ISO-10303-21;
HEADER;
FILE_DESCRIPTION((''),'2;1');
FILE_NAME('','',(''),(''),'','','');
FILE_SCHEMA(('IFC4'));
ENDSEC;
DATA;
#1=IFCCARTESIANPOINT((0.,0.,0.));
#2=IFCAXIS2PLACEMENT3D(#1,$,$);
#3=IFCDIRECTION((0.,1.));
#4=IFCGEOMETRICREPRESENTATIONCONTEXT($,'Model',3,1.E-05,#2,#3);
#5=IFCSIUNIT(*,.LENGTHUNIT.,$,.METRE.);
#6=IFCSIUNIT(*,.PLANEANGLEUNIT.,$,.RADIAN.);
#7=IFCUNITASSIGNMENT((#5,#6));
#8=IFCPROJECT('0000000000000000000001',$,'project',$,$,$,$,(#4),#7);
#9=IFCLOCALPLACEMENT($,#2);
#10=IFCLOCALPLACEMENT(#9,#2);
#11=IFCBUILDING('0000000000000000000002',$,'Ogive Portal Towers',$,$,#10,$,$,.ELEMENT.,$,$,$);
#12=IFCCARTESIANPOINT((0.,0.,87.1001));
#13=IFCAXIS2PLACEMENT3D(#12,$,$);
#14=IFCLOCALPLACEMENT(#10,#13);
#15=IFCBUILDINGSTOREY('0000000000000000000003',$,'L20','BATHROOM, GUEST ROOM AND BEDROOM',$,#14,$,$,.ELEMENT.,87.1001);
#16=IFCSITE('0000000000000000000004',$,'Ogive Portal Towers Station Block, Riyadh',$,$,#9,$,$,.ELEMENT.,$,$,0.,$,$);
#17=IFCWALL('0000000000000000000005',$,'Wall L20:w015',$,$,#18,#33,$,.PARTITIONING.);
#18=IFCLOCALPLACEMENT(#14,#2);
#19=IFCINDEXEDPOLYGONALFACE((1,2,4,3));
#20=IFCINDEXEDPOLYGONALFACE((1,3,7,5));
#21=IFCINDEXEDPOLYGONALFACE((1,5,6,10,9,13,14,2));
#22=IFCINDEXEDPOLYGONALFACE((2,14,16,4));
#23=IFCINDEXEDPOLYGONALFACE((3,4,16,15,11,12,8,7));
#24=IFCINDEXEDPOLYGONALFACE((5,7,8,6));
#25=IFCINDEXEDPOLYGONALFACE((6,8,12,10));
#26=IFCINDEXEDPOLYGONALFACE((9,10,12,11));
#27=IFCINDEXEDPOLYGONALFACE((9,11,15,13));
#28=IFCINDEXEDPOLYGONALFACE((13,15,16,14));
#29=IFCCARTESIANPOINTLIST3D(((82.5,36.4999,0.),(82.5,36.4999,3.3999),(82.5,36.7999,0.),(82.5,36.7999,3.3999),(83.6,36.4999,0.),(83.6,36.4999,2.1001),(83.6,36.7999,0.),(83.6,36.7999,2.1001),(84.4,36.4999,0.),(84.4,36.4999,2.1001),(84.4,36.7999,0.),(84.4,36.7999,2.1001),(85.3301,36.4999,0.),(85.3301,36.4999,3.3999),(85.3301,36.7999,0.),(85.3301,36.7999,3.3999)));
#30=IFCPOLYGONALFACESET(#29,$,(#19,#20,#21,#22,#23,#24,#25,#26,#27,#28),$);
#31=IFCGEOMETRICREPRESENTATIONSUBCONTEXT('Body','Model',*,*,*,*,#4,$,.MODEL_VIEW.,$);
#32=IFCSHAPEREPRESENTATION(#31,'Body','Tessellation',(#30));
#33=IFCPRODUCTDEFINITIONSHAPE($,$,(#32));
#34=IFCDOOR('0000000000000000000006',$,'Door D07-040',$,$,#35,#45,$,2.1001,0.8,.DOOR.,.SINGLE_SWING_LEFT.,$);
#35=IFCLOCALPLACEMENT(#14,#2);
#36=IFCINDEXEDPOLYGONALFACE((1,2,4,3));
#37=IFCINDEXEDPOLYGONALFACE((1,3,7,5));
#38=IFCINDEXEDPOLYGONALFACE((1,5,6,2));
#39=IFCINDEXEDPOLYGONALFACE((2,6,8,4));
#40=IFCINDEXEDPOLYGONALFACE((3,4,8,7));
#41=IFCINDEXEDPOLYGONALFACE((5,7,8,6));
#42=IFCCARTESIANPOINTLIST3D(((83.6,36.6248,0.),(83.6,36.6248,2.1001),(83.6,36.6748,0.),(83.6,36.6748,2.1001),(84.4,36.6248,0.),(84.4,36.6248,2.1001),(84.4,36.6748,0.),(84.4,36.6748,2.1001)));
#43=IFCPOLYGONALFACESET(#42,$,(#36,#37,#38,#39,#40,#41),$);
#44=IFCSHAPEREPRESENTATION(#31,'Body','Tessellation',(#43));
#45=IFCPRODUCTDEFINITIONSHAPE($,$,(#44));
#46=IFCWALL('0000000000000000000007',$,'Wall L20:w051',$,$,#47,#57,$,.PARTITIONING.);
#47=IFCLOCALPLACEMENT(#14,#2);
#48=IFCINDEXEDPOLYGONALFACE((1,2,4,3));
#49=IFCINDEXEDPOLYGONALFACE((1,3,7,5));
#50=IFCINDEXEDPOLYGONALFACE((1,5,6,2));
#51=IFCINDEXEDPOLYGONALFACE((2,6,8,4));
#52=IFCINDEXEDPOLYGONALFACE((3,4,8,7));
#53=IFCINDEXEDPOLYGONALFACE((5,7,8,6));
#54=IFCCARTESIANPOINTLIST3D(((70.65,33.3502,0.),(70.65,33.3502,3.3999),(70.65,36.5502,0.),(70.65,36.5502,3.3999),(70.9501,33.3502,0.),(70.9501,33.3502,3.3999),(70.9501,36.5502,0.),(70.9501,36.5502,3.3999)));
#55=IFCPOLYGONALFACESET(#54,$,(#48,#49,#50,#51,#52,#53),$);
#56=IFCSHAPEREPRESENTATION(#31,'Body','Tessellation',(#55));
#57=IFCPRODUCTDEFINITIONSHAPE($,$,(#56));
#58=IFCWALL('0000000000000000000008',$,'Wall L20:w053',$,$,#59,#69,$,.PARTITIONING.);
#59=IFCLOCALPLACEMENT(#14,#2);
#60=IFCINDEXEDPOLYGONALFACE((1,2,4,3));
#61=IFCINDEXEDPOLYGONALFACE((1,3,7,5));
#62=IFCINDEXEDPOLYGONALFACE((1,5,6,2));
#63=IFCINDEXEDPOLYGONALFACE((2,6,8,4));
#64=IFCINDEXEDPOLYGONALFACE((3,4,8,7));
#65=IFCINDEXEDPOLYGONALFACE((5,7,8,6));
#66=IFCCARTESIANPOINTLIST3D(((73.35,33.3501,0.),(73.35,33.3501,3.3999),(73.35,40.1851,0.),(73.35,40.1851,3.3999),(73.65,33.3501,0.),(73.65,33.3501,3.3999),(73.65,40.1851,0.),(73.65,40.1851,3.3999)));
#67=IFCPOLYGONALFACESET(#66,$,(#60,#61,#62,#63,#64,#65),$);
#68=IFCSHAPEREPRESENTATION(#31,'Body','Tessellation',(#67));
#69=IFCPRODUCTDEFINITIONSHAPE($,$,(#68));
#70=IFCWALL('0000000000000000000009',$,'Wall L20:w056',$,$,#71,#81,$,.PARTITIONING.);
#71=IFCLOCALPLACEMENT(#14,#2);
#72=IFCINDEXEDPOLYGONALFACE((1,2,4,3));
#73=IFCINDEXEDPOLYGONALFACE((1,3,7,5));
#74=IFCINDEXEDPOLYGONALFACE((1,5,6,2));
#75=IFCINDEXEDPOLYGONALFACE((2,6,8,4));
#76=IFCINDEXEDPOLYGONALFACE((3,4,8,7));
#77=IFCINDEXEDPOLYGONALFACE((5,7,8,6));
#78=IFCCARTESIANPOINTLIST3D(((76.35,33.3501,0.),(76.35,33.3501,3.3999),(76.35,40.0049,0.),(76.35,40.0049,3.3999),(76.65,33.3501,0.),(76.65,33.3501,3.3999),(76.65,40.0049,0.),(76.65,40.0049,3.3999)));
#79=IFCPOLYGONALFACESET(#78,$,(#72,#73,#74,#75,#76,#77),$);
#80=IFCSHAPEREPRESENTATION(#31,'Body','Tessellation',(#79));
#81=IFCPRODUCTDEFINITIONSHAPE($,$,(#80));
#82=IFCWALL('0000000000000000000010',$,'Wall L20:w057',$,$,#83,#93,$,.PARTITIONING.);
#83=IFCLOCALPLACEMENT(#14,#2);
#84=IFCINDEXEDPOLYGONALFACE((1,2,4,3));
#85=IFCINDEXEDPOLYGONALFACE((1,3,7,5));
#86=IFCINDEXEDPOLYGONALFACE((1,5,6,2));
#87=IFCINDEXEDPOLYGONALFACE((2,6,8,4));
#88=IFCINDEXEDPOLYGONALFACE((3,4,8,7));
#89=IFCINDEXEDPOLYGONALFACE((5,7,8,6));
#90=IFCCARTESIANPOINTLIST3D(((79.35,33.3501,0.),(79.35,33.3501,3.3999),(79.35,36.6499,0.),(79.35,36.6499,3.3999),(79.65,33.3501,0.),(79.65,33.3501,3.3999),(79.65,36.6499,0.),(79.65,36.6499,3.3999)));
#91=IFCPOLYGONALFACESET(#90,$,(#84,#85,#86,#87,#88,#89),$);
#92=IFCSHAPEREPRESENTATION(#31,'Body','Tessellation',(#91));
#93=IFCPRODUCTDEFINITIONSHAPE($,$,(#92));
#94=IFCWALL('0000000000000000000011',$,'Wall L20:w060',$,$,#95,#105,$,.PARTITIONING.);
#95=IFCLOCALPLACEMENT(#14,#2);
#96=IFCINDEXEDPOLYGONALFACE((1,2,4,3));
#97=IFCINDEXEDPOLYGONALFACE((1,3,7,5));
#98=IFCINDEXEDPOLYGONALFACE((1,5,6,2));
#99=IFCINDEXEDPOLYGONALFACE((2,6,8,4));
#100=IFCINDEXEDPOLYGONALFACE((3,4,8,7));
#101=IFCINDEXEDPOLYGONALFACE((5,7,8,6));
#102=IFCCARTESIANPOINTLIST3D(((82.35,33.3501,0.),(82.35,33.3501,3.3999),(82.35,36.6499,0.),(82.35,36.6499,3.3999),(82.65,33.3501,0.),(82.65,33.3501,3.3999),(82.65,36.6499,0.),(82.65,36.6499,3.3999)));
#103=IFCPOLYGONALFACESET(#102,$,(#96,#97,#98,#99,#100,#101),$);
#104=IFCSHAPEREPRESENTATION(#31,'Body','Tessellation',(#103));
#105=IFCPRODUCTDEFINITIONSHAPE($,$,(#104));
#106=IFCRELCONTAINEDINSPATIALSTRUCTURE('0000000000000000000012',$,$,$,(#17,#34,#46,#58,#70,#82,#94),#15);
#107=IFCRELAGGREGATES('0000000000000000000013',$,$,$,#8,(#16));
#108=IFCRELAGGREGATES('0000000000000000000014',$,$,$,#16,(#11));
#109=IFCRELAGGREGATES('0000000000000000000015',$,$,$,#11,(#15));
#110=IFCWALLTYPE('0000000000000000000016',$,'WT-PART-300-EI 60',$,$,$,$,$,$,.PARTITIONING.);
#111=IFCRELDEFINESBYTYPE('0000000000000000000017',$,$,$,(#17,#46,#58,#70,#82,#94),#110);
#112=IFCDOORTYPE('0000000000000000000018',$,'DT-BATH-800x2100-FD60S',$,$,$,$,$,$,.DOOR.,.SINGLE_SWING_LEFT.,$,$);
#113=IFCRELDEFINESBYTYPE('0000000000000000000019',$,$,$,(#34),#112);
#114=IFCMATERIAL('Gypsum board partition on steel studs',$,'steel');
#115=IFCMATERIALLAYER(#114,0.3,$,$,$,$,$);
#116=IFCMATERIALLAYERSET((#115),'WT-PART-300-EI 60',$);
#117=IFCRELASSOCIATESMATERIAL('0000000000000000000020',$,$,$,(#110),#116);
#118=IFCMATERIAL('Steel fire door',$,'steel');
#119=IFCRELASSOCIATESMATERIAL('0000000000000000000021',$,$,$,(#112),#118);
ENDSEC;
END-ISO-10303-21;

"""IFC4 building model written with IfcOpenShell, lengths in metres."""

from ifc_helpers import new_model, si_unit, direction, frame, frame_2d, origin, place, context, subcontext, project, spatial, rectangle, extrude, material, layer, layer_set, type_object, element, fill, save


model = new_model("IFC4")

# Units and contexts
model_context = context("Model", 3, precision=1e-05, world=origin(), true_north=direction((0.0, 1.0)))
body_context = subcontext(model_context, "Body", "Model", "MODEL_VIEW")
ifc_project = project(units=[si_unit("LENGTHUNIT", "METRE"), si_unit("PLANEANGLEUNIT", "RADIAN")], contexts=[model_context])

# Site, building, storey
site_placement = place(None, origin())
site = spatial("IfcSite", under=ifc_project, at=site_placement, Name="Ogive Portal Towers Station Block, Riyadh", CompositionType="ELEMENT", RefElevation=0.0)
building_placement = place(site_placement, origin())
building = spatial("IfcBuilding", under=site, at=building_placement, Name="Ogive Portal Towers", CompositionType="ELEMENT")
storey_placement = place(building_placement, frame((0.0, 0.0, 87.1001)))
storey = spatial("IfcBuildingStorey", under=building, at=storey_placement, Name="L20", Description="BATHROOM, GUEST ROOM AND BEDROOM", CompositionType="ELEMENT", Elevation=87.1001)

# Wall, opening, door
ifc_material_1 = material(Name="Gypsum board partition on steel studs", Category="steel")
ifc_layer_1 = layer(ifc_material_1, 0.3)
ifc_layer_set_1 = layer_set([ifc_layer_1], Name="WT-PART-300-EI 60")
wall_type = type_object("IfcWallType", Name="WT-PART-300-EI 60", PredefinedType="PARTITIONING", material=ifc_layer_set_1)
ifc_material_2 = material(Name="Steel fire door", Category="steel")
door_type = type_object("IfcDoorType", Name="DT-BATH-800x2100-FD60S", OperationType="SINGLE_SWING_LEFT", PredefinedType="DOOR", material=ifc_material_2)
wall_1_placement = place(storey_placement, frame((82.5, 36.6499, 0.0), z_axis=(0.0, 0.0, 1.0), x_axis=(1.0, 0.0, 0.0)))
wall_1 = element("IfcWall", 1, at=wall_1_placement, inside=storey, type_object=wall_type, Name="Wall L20:w015", PredefinedType="PARTITIONING", context=body_context, shape_type="SweptSolid", body=[
    extrude(rectangle(XDim=2.8301, YDim=0.3, at=frame_2d((1.415, 0.0))), origin(), (0.0, 0.0, 1.0), 3.3999),
])
opening_1_placement = place(wall_1_placement, frame((1.1001, 0.0, 0.0)))
opening_1 = element("IfcOpeningElement", 2, at=opening_1_placement, cuts=wall_1, PredefinedType="OPENING", context=body_context, shape_type="SweptSolid", body=[
    extrude(rectangle(XDim=0.8, YDim=2.1001, at=frame_2d((0.3999, 1.05))), frame((0.0, 0.1602, 0.0), z_axis=(0.0, -1.0, 0.0), x_axis=(1.0, 0.0, 0.0)), (0.0, 0.0, 1.0), 0.3201),
])
door_1_placement = place(opening_1_placement, origin())
door_1 = element("IfcDoor", 3, at=door_1_placement, inside=storey, type_object=door_type, Name="Door D07-040", OperationType="SINGLE_SWING_LEFT", OverallHeight=2.1001, OverallWidth=0.8, PredefinedType="DOOR", context=body_context, shape_type="SweptSolid", body=[
    extrude(rectangle(XDim=0.8, YDim=2.1001, at=frame_2d((0.3999, 1.05))), frame((0.0, 0.0249, 0.0), z_axis=(0.0, -1.0, 0.0), x_axis=(1.0, 0.0, 0.0)), (0.0, 0.0, 1.0), 0.05),
])
fill(opening_1, door_1)

# Walls
wall_2_placement = place(storey_placement, frame((70.8, 33.3501, 0.0), z_axis=(0.0, 0.0, 1.0), x_axis=(0.0, 1.0, 0.0)))
element("IfcWall", 4, at=wall_2_placement, inside=storey, type_object=wall_type, Name="Wall L20:w051", PredefinedType="PARTITIONING", context=body_context, shape_type="SweptSolid", body=[
    extrude(rectangle(XDim=3.2, YDim=0.3, at=frame_2d((1.6001, 0.0))), origin(), (0.0, 0.0, 1.0), 3.3999),
])
wall_3_placement = place(storey_placement, frame((73.5, 33.3501, 0.0), z_axis=(0.0, 0.0, 1.0), x_axis=(0.0, 1.0, 0.0)))
element("IfcWall", 5, at=wall_3_placement, inside=storey, type_object=wall_type, Name="Wall L20:w053", PredefinedType="PARTITIONING", context=body_context, shape_type="SweptSolid", body=[
    extrude(rectangle(XDim=6.835, YDim=0.3, at=frame_2d((3.4175, 0.0))), origin(), (0.0, 0.0, 1.0), 3.3999),
])
wall_4_placement = place(storey_placement, frame((76.5, 33.3501, 0.0), z_axis=(0.0, 0.0, 1.0), x_axis=(0.0, 1.0, 0.0)))
element("IfcWall", 6, at=wall_4_placement, inside=storey, type_object=wall_type, Name="Wall L20:w056", PredefinedType="PARTITIONING", context=body_context, shape_type="SweptSolid", body=[
    extrude(rectangle(XDim=6.6548, YDim=0.3, at=frame_2d((3.3274, 0.0))), origin(), (0.0, 0.0, 1.0), 3.3999),
])
for number, where, z_axis, x_axis, name in (
    (7, (79.5, 33.3501, 0.0), (0.0, 0.0, 1.0), (0.0, 1.0, 0.0), "Wall L20:w057"),
    (8, (82.5, 33.3501, 0.0), (0.0, 0.0, 1.0), (0.0, 1.0, 0.0), "Wall L20:w060"),
):
    element("IfcWall", number, at=place(storey_placement, frame(where, z_axis=z_axis, x_axis=x_axis)), inside=storey, type_object=wall_type, Name=name, PredefinedType="PARTITIONING", context=body_context, shape_type="SweptSolid", body=[
        extrude(rectangle(XDim=3.2998, YDim=0.3, at=frame_2d((1.6499, 0.0))), origin(), (0.0, 0.0, 1.0), 3.3999),
    ])

save(model, "model.ifc")
